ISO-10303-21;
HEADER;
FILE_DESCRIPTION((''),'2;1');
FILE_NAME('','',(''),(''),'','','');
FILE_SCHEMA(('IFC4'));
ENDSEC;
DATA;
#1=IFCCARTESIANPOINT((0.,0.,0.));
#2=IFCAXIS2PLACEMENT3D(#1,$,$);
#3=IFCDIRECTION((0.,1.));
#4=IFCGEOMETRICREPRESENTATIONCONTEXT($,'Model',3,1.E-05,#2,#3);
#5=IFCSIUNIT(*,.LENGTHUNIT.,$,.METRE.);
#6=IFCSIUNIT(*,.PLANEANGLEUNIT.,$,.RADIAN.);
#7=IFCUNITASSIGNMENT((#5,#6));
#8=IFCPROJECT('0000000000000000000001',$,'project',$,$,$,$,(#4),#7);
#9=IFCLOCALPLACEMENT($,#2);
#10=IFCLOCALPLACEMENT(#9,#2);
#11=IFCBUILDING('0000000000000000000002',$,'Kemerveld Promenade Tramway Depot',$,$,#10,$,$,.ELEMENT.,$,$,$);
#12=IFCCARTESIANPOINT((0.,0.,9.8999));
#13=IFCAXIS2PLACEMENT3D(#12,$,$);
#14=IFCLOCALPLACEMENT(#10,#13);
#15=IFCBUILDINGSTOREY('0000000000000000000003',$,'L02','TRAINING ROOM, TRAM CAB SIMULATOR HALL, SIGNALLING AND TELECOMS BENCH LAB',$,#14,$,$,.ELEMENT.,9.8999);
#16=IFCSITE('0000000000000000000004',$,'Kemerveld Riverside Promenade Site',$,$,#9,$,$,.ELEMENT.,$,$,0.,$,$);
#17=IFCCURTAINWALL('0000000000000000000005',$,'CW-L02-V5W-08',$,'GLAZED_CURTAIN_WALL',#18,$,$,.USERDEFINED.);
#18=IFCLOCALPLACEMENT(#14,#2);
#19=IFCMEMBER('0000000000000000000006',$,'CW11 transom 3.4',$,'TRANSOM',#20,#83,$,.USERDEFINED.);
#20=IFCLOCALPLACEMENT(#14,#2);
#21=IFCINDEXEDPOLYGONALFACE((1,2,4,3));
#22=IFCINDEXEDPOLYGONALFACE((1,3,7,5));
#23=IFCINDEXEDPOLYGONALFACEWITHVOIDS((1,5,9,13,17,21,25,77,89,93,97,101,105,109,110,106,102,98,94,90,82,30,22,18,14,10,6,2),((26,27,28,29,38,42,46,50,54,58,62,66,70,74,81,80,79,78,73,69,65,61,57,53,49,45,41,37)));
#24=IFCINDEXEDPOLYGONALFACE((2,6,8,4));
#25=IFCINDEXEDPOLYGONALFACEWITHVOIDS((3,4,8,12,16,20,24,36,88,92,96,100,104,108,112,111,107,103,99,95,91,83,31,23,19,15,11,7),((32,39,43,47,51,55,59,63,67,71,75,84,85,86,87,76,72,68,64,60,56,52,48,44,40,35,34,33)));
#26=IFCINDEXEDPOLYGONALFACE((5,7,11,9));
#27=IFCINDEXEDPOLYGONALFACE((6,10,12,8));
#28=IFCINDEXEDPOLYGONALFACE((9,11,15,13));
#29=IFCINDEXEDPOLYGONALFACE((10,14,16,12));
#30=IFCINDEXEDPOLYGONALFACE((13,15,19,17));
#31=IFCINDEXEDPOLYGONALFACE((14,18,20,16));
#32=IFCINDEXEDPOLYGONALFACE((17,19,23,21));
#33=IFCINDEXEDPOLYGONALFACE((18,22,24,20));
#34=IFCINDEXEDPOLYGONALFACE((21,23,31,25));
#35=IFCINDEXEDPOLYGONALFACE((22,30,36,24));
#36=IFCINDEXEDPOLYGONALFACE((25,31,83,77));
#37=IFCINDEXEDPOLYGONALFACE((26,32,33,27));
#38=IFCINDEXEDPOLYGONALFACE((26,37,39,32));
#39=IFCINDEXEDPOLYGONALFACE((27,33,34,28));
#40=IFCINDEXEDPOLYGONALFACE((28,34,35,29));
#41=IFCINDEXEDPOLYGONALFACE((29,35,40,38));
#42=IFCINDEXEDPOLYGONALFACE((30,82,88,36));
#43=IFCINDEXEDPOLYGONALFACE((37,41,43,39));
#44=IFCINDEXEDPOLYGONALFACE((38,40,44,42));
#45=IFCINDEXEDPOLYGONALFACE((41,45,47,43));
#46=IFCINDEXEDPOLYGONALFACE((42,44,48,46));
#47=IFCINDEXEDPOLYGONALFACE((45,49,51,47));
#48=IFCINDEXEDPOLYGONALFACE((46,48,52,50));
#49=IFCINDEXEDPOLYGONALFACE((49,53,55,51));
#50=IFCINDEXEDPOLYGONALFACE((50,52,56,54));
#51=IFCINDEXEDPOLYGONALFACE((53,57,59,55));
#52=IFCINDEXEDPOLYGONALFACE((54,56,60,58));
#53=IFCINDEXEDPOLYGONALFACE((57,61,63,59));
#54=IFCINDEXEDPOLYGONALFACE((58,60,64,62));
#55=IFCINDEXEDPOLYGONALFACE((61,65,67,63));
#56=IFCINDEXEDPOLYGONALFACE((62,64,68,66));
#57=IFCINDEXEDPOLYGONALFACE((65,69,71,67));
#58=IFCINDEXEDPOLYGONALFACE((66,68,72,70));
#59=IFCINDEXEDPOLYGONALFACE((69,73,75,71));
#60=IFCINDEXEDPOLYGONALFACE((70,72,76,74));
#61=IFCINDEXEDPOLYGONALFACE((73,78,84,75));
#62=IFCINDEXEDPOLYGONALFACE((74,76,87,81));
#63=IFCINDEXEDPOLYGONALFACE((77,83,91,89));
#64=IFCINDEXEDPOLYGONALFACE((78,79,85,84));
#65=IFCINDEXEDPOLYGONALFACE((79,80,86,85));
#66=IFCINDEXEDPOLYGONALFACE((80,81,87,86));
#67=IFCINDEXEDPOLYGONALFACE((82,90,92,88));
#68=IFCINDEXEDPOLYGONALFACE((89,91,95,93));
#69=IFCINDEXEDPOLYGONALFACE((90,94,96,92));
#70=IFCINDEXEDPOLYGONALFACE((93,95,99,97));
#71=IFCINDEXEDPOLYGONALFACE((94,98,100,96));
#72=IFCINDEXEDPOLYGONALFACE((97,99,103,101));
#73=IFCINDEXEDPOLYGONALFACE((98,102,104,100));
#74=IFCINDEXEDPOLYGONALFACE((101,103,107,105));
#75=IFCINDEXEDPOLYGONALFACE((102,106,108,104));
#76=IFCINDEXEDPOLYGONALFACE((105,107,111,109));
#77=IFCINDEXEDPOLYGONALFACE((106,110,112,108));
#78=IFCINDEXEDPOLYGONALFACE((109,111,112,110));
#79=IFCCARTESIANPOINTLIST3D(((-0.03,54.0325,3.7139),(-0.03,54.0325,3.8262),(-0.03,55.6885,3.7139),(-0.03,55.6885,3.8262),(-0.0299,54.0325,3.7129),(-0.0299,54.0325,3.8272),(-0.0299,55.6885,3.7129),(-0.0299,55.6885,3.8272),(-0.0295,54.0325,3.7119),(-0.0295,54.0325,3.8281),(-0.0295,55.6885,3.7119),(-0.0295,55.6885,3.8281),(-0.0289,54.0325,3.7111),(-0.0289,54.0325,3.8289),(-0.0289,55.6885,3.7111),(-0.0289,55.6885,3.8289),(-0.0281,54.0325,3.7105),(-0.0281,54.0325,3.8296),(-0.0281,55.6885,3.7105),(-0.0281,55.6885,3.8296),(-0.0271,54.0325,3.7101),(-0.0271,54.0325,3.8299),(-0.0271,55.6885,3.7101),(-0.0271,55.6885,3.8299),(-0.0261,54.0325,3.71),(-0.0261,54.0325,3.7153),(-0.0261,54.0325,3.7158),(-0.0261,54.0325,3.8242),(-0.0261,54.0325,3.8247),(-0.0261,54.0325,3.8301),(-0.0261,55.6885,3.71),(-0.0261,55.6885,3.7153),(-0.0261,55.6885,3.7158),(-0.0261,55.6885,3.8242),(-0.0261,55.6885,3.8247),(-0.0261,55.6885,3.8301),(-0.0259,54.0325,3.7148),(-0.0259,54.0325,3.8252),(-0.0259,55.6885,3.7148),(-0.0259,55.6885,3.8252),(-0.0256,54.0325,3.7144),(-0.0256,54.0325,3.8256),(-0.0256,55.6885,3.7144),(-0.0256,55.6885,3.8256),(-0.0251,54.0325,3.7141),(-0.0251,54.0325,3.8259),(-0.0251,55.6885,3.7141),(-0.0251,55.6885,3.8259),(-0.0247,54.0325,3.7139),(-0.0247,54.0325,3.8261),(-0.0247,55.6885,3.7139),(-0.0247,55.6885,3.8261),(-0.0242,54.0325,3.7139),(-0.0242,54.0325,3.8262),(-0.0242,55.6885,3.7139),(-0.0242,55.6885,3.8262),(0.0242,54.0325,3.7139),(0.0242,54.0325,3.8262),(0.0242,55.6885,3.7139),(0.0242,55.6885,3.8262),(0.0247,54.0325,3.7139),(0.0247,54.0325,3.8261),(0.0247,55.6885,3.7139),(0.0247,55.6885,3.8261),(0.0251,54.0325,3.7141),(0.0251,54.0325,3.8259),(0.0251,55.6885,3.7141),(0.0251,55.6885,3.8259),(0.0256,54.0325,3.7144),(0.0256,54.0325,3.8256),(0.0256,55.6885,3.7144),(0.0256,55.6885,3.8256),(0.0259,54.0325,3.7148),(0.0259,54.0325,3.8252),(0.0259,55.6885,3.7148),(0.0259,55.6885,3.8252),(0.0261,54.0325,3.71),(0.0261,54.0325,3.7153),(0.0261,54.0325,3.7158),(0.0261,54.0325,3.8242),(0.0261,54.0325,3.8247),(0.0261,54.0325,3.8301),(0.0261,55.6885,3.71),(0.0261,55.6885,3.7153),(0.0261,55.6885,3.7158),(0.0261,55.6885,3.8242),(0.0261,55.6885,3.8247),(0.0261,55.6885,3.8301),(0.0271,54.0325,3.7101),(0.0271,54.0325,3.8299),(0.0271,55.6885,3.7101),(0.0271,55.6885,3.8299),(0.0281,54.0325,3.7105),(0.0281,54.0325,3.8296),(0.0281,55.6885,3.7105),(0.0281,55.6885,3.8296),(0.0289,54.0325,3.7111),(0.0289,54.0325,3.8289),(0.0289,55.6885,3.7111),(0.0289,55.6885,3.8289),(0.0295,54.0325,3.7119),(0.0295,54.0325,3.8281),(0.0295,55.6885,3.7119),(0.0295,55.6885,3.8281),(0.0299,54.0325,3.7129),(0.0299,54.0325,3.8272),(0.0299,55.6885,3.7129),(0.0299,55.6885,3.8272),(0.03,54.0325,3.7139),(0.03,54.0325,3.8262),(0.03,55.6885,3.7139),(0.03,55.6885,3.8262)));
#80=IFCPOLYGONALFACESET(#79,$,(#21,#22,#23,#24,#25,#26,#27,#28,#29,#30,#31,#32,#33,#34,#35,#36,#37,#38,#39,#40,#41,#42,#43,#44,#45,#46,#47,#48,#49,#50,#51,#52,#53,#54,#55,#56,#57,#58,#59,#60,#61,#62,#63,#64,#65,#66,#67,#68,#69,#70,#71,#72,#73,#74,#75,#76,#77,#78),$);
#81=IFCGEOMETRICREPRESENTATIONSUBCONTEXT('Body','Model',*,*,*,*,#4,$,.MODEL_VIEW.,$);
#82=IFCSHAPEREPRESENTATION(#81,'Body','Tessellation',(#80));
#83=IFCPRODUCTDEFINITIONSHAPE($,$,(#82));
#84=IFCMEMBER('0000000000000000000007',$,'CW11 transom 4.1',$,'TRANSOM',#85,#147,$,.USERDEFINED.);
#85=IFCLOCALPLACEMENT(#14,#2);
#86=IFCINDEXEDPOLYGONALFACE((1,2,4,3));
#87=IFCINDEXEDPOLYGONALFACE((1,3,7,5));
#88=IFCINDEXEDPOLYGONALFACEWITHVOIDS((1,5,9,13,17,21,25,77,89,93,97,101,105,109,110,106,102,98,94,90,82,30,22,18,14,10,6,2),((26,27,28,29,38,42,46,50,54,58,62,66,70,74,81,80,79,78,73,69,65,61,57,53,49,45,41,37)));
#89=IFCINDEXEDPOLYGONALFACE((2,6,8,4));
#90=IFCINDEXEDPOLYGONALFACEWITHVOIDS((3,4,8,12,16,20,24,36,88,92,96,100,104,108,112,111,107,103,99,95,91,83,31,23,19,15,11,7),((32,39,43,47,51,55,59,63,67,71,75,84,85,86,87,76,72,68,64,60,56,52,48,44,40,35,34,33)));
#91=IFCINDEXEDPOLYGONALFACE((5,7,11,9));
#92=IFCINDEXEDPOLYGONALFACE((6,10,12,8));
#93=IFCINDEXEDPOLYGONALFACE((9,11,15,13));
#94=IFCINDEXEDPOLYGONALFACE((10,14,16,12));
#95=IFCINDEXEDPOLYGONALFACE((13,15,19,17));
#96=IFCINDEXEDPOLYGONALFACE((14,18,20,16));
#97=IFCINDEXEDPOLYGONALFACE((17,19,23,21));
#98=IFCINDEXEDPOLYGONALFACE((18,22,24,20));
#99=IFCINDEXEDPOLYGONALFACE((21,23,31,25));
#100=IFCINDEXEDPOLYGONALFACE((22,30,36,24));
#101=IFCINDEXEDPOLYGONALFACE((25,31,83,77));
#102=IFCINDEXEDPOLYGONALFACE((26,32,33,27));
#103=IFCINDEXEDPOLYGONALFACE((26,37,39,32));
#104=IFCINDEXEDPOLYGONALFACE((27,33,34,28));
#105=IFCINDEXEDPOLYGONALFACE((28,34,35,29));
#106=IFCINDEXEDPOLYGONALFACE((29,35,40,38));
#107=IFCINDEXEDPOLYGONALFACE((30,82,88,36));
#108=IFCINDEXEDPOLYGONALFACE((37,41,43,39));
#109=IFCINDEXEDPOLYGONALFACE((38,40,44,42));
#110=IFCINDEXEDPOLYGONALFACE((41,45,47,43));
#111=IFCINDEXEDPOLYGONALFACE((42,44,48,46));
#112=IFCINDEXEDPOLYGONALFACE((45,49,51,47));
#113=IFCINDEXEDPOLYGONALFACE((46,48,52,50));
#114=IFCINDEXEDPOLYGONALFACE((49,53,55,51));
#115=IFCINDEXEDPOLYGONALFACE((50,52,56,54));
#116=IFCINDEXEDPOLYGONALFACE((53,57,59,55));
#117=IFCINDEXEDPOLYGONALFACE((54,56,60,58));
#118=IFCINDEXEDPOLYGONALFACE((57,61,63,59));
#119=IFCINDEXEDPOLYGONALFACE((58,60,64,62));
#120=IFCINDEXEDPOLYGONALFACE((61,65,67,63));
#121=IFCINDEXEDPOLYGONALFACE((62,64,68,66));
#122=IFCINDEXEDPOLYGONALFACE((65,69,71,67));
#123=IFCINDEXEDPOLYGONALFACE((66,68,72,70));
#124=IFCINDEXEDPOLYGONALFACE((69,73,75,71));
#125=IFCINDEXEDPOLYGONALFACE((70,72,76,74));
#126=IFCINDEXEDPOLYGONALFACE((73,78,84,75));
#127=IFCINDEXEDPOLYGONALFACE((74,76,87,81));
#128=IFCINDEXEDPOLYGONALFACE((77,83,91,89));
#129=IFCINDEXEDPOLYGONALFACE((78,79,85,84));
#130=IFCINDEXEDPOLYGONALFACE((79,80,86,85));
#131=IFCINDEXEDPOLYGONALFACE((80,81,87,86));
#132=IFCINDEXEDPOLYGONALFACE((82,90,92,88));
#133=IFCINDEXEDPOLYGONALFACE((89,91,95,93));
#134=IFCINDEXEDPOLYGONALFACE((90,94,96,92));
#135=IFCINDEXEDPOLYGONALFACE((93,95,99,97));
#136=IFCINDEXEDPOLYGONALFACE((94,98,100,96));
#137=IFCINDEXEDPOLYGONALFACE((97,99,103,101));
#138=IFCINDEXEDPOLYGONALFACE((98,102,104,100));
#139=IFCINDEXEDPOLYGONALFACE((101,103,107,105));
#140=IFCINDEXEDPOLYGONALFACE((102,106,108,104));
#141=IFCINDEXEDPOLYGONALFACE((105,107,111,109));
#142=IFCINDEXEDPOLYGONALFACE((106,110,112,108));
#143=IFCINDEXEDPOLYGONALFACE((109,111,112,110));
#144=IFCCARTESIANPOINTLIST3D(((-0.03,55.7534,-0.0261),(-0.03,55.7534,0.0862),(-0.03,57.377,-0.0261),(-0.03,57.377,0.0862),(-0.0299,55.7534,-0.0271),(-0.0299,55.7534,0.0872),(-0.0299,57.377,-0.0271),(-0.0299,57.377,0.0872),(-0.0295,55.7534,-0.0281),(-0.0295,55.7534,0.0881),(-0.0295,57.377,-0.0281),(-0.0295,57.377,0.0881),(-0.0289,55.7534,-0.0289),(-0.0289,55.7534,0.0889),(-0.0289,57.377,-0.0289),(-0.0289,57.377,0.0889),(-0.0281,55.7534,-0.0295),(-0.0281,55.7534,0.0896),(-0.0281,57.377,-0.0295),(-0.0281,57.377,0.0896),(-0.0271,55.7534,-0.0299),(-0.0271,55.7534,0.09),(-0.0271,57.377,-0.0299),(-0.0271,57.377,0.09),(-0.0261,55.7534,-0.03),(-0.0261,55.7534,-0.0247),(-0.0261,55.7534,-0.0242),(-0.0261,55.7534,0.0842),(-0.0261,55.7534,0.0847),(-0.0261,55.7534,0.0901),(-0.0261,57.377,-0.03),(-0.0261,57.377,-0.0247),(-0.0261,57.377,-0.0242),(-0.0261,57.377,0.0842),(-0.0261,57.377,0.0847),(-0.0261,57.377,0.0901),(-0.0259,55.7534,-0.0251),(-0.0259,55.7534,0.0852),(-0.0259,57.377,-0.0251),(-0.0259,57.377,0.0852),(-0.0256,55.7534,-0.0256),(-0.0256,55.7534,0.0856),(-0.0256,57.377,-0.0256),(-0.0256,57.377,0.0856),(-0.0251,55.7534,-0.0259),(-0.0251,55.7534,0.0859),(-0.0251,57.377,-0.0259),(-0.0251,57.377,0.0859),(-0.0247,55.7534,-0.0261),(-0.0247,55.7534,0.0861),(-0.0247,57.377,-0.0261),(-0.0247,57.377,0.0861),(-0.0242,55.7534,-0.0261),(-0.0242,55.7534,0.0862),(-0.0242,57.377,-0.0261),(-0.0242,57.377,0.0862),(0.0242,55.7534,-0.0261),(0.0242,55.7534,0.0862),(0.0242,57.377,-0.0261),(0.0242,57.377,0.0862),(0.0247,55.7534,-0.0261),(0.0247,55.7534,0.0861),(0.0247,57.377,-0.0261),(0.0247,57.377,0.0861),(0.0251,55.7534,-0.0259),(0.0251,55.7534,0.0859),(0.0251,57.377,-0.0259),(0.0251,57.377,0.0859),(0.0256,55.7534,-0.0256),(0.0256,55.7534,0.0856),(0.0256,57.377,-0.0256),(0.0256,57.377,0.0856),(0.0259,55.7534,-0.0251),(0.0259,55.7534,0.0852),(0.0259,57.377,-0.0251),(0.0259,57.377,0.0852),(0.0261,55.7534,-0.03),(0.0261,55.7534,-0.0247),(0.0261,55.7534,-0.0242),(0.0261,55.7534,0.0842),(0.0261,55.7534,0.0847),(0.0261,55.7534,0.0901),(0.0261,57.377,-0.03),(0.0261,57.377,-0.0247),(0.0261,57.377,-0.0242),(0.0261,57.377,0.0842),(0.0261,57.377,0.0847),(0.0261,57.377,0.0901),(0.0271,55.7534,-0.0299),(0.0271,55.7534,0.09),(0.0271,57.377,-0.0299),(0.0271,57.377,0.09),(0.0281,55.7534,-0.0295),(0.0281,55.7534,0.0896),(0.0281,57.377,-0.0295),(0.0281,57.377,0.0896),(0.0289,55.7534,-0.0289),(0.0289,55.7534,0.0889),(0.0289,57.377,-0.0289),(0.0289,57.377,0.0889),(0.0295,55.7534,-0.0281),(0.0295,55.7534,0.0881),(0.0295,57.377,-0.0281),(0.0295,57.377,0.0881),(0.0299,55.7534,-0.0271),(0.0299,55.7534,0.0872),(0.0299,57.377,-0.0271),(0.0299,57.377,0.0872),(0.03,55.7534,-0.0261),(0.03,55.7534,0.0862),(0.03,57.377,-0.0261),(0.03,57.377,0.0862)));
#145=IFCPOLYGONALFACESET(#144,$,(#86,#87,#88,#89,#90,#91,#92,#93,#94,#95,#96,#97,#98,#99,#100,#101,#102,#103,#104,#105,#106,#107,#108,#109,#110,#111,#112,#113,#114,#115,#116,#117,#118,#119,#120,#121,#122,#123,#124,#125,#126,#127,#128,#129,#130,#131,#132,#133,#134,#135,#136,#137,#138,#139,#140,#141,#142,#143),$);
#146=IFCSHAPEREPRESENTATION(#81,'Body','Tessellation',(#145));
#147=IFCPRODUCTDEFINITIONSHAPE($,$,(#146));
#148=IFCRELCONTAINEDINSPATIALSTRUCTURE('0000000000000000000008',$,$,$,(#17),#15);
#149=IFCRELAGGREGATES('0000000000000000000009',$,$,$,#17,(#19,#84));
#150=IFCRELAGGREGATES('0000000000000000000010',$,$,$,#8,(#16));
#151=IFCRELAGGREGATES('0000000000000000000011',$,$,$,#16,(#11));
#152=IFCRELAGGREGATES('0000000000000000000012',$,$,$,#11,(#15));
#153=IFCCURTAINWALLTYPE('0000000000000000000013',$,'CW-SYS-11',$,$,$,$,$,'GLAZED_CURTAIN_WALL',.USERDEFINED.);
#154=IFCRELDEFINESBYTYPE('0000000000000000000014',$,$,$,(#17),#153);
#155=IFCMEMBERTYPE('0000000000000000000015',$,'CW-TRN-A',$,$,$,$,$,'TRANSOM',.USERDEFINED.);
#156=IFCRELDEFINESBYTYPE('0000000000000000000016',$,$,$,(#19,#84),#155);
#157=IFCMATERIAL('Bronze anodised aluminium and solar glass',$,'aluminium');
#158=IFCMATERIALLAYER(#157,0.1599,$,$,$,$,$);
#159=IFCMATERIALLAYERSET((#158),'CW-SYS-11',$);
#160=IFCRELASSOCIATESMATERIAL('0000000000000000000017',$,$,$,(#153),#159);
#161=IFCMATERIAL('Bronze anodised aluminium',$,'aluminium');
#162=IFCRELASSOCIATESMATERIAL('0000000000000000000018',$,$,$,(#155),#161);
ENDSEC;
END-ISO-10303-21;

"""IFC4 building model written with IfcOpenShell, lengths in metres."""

from ifc_helpers import new_model, si_unit, direction, frame, origin, origin_2d, place, context, subcontext, project, spatial, hollow_rectangle, extrude, material, layer, layer_set, material_profile, profile_set, type_object, element, aggregate, save


model = new_model("IFC4")

# Units and contexts
model_context = context("Model", 3, precision=1e-05, world=origin(), true_north=direction((0.0, 1.0)))
body_context = subcontext(model_context, "Body", "Model", "MODEL_VIEW")
ifc_project = project(units=[si_unit("LENGTHUNIT", "METRE"), si_unit("PLANEANGLEUNIT", "RADIAN")], contexts=[model_context])

# Site, building, storey
site_placement = place(None, origin())
site = spatial("IfcSite", under=ifc_project, at=site_placement, Name="Kemerveld Riverside Promenade Site", CompositionType="ELEMENT", RefElevation=0.0)
building_placement = place(site_placement, origin())
building = spatial("IfcBuilding", under=site, at=building_placement, Name="Kemerveld Promenade Tramway Depot", CompositionType="ELEMENT")
storey_placement = place(building_placement, frame((0.0, 0.0, 9.8999)))
storey = spatial("IfcBuildingStorey", under=building, at=storey_placement, Name="L02", Description="TRAINING ROOM, TRAM CAB SIMULATOR HALL, SIGNALLING AND TELECOMS BENCH LAB", CompositionType="ELEMENT", Elevation=9.8999)

# Curtain wall, members
ifc_material_1 = material(Name="Bronze anodised aluminium and solar glass", Category="aluminium")
ifc_layer_1 = layer(ifc_material_1, 0.1599)
ifc_layer_set_1 = layer_set([ifc_layer_1], Name="CW-SYS-11")
curtain_wall_type = type_object("IfcCurtainWallType", Name="CW-SYS-11", ElementType="GLAZED_CURTAIN_WALL", PredefinedType="USERDEFINED", material=ifc_layer_set_1)
curtain_wall_placement = place(storey_placement, origin())
curtain_wall = element("IfcCurtainWall", 1, at=curtain_wall_placement, inside=storey, type_object=curtain_wall_type, Name="CW-L02-V5W-08", ObjectType="GLAZED_CURTAIN_WALL", PredefinedType="USERDEFINED")
ifc_material_2 = material(Name="Bronze anodised aluminium", Category="aluminium")
ifc_material_profile_1 = material_profile(ifc_material_2, hollow_rectangle(XDim=0.0601, YDim=0.1201, WallThickness=0.0039, InnerFilletRadius=0.002, OuterFilletRadius=0.0039, at=origin_2d()), Name="CW-TRN-120x60")
ifc_profile_set_1 = profile_set([ifc_material_profile_1], Name="Bronze anodised aluminium")
member_type_1 = type_object("IfcMemberType", Name="CW-TRN-A", ElementType="TRANSOM", PredefinedType="USERDEFINED", material=ifc_profile_set_1)
member_1_placement = place(storey_placement, frame((0.0, 54.0325, 3.77), z_axis=(0.0, 1.0, 0.0), x_axis=(-1.0, 0.0, 0.0)))
member_1 = element("IfcMember", 2, at=member_1_placement, type_object=member_type_1, Name="CW11 transom 3.4", ObjectType="TRANSOM", PredefinedType="USERDEFINED", context=body_context, shape_type="SweptSolid", body=[
    extrude(hollow_rectangle(XDim=0.0601, YDim=0.1201, WallThickness=0.0039, InnerFilletRadius=0.002, OuterFilletRadius=0.0039, at=origin_2d()), origin(), (0.0, 0.0, 1.0), 1.656),
])
member_2_placement = place(storey_placement, frame((0.0, 55.7534, 0.03), z_axis=(0.0, 1.0, 0.0), x_axis=(-1.0, 0.0, 0.0)))
member_2 = element("IfcMember", 3, at=member_2_placement, type_object=member_type_1, Name="CW11 transom 4.1", ObjectType="TRANSOM", PredefinedType="USERDEFINED", context=body_context, shape_type="SweptSolid", body=[
    extrude(hollow_rectangle(XDim=0.0601, YDim=0.1201, WallThickness=0.0039, InnerFilletRadius=0.002, OuterFilletRadius=0.0039, at=origin_2d()), origin(), (0.0, 0.0, 1.0), 1.6235),
])
aggregate(curtain_wall, [member_1, member_2])

save(model, "model.ifc")
